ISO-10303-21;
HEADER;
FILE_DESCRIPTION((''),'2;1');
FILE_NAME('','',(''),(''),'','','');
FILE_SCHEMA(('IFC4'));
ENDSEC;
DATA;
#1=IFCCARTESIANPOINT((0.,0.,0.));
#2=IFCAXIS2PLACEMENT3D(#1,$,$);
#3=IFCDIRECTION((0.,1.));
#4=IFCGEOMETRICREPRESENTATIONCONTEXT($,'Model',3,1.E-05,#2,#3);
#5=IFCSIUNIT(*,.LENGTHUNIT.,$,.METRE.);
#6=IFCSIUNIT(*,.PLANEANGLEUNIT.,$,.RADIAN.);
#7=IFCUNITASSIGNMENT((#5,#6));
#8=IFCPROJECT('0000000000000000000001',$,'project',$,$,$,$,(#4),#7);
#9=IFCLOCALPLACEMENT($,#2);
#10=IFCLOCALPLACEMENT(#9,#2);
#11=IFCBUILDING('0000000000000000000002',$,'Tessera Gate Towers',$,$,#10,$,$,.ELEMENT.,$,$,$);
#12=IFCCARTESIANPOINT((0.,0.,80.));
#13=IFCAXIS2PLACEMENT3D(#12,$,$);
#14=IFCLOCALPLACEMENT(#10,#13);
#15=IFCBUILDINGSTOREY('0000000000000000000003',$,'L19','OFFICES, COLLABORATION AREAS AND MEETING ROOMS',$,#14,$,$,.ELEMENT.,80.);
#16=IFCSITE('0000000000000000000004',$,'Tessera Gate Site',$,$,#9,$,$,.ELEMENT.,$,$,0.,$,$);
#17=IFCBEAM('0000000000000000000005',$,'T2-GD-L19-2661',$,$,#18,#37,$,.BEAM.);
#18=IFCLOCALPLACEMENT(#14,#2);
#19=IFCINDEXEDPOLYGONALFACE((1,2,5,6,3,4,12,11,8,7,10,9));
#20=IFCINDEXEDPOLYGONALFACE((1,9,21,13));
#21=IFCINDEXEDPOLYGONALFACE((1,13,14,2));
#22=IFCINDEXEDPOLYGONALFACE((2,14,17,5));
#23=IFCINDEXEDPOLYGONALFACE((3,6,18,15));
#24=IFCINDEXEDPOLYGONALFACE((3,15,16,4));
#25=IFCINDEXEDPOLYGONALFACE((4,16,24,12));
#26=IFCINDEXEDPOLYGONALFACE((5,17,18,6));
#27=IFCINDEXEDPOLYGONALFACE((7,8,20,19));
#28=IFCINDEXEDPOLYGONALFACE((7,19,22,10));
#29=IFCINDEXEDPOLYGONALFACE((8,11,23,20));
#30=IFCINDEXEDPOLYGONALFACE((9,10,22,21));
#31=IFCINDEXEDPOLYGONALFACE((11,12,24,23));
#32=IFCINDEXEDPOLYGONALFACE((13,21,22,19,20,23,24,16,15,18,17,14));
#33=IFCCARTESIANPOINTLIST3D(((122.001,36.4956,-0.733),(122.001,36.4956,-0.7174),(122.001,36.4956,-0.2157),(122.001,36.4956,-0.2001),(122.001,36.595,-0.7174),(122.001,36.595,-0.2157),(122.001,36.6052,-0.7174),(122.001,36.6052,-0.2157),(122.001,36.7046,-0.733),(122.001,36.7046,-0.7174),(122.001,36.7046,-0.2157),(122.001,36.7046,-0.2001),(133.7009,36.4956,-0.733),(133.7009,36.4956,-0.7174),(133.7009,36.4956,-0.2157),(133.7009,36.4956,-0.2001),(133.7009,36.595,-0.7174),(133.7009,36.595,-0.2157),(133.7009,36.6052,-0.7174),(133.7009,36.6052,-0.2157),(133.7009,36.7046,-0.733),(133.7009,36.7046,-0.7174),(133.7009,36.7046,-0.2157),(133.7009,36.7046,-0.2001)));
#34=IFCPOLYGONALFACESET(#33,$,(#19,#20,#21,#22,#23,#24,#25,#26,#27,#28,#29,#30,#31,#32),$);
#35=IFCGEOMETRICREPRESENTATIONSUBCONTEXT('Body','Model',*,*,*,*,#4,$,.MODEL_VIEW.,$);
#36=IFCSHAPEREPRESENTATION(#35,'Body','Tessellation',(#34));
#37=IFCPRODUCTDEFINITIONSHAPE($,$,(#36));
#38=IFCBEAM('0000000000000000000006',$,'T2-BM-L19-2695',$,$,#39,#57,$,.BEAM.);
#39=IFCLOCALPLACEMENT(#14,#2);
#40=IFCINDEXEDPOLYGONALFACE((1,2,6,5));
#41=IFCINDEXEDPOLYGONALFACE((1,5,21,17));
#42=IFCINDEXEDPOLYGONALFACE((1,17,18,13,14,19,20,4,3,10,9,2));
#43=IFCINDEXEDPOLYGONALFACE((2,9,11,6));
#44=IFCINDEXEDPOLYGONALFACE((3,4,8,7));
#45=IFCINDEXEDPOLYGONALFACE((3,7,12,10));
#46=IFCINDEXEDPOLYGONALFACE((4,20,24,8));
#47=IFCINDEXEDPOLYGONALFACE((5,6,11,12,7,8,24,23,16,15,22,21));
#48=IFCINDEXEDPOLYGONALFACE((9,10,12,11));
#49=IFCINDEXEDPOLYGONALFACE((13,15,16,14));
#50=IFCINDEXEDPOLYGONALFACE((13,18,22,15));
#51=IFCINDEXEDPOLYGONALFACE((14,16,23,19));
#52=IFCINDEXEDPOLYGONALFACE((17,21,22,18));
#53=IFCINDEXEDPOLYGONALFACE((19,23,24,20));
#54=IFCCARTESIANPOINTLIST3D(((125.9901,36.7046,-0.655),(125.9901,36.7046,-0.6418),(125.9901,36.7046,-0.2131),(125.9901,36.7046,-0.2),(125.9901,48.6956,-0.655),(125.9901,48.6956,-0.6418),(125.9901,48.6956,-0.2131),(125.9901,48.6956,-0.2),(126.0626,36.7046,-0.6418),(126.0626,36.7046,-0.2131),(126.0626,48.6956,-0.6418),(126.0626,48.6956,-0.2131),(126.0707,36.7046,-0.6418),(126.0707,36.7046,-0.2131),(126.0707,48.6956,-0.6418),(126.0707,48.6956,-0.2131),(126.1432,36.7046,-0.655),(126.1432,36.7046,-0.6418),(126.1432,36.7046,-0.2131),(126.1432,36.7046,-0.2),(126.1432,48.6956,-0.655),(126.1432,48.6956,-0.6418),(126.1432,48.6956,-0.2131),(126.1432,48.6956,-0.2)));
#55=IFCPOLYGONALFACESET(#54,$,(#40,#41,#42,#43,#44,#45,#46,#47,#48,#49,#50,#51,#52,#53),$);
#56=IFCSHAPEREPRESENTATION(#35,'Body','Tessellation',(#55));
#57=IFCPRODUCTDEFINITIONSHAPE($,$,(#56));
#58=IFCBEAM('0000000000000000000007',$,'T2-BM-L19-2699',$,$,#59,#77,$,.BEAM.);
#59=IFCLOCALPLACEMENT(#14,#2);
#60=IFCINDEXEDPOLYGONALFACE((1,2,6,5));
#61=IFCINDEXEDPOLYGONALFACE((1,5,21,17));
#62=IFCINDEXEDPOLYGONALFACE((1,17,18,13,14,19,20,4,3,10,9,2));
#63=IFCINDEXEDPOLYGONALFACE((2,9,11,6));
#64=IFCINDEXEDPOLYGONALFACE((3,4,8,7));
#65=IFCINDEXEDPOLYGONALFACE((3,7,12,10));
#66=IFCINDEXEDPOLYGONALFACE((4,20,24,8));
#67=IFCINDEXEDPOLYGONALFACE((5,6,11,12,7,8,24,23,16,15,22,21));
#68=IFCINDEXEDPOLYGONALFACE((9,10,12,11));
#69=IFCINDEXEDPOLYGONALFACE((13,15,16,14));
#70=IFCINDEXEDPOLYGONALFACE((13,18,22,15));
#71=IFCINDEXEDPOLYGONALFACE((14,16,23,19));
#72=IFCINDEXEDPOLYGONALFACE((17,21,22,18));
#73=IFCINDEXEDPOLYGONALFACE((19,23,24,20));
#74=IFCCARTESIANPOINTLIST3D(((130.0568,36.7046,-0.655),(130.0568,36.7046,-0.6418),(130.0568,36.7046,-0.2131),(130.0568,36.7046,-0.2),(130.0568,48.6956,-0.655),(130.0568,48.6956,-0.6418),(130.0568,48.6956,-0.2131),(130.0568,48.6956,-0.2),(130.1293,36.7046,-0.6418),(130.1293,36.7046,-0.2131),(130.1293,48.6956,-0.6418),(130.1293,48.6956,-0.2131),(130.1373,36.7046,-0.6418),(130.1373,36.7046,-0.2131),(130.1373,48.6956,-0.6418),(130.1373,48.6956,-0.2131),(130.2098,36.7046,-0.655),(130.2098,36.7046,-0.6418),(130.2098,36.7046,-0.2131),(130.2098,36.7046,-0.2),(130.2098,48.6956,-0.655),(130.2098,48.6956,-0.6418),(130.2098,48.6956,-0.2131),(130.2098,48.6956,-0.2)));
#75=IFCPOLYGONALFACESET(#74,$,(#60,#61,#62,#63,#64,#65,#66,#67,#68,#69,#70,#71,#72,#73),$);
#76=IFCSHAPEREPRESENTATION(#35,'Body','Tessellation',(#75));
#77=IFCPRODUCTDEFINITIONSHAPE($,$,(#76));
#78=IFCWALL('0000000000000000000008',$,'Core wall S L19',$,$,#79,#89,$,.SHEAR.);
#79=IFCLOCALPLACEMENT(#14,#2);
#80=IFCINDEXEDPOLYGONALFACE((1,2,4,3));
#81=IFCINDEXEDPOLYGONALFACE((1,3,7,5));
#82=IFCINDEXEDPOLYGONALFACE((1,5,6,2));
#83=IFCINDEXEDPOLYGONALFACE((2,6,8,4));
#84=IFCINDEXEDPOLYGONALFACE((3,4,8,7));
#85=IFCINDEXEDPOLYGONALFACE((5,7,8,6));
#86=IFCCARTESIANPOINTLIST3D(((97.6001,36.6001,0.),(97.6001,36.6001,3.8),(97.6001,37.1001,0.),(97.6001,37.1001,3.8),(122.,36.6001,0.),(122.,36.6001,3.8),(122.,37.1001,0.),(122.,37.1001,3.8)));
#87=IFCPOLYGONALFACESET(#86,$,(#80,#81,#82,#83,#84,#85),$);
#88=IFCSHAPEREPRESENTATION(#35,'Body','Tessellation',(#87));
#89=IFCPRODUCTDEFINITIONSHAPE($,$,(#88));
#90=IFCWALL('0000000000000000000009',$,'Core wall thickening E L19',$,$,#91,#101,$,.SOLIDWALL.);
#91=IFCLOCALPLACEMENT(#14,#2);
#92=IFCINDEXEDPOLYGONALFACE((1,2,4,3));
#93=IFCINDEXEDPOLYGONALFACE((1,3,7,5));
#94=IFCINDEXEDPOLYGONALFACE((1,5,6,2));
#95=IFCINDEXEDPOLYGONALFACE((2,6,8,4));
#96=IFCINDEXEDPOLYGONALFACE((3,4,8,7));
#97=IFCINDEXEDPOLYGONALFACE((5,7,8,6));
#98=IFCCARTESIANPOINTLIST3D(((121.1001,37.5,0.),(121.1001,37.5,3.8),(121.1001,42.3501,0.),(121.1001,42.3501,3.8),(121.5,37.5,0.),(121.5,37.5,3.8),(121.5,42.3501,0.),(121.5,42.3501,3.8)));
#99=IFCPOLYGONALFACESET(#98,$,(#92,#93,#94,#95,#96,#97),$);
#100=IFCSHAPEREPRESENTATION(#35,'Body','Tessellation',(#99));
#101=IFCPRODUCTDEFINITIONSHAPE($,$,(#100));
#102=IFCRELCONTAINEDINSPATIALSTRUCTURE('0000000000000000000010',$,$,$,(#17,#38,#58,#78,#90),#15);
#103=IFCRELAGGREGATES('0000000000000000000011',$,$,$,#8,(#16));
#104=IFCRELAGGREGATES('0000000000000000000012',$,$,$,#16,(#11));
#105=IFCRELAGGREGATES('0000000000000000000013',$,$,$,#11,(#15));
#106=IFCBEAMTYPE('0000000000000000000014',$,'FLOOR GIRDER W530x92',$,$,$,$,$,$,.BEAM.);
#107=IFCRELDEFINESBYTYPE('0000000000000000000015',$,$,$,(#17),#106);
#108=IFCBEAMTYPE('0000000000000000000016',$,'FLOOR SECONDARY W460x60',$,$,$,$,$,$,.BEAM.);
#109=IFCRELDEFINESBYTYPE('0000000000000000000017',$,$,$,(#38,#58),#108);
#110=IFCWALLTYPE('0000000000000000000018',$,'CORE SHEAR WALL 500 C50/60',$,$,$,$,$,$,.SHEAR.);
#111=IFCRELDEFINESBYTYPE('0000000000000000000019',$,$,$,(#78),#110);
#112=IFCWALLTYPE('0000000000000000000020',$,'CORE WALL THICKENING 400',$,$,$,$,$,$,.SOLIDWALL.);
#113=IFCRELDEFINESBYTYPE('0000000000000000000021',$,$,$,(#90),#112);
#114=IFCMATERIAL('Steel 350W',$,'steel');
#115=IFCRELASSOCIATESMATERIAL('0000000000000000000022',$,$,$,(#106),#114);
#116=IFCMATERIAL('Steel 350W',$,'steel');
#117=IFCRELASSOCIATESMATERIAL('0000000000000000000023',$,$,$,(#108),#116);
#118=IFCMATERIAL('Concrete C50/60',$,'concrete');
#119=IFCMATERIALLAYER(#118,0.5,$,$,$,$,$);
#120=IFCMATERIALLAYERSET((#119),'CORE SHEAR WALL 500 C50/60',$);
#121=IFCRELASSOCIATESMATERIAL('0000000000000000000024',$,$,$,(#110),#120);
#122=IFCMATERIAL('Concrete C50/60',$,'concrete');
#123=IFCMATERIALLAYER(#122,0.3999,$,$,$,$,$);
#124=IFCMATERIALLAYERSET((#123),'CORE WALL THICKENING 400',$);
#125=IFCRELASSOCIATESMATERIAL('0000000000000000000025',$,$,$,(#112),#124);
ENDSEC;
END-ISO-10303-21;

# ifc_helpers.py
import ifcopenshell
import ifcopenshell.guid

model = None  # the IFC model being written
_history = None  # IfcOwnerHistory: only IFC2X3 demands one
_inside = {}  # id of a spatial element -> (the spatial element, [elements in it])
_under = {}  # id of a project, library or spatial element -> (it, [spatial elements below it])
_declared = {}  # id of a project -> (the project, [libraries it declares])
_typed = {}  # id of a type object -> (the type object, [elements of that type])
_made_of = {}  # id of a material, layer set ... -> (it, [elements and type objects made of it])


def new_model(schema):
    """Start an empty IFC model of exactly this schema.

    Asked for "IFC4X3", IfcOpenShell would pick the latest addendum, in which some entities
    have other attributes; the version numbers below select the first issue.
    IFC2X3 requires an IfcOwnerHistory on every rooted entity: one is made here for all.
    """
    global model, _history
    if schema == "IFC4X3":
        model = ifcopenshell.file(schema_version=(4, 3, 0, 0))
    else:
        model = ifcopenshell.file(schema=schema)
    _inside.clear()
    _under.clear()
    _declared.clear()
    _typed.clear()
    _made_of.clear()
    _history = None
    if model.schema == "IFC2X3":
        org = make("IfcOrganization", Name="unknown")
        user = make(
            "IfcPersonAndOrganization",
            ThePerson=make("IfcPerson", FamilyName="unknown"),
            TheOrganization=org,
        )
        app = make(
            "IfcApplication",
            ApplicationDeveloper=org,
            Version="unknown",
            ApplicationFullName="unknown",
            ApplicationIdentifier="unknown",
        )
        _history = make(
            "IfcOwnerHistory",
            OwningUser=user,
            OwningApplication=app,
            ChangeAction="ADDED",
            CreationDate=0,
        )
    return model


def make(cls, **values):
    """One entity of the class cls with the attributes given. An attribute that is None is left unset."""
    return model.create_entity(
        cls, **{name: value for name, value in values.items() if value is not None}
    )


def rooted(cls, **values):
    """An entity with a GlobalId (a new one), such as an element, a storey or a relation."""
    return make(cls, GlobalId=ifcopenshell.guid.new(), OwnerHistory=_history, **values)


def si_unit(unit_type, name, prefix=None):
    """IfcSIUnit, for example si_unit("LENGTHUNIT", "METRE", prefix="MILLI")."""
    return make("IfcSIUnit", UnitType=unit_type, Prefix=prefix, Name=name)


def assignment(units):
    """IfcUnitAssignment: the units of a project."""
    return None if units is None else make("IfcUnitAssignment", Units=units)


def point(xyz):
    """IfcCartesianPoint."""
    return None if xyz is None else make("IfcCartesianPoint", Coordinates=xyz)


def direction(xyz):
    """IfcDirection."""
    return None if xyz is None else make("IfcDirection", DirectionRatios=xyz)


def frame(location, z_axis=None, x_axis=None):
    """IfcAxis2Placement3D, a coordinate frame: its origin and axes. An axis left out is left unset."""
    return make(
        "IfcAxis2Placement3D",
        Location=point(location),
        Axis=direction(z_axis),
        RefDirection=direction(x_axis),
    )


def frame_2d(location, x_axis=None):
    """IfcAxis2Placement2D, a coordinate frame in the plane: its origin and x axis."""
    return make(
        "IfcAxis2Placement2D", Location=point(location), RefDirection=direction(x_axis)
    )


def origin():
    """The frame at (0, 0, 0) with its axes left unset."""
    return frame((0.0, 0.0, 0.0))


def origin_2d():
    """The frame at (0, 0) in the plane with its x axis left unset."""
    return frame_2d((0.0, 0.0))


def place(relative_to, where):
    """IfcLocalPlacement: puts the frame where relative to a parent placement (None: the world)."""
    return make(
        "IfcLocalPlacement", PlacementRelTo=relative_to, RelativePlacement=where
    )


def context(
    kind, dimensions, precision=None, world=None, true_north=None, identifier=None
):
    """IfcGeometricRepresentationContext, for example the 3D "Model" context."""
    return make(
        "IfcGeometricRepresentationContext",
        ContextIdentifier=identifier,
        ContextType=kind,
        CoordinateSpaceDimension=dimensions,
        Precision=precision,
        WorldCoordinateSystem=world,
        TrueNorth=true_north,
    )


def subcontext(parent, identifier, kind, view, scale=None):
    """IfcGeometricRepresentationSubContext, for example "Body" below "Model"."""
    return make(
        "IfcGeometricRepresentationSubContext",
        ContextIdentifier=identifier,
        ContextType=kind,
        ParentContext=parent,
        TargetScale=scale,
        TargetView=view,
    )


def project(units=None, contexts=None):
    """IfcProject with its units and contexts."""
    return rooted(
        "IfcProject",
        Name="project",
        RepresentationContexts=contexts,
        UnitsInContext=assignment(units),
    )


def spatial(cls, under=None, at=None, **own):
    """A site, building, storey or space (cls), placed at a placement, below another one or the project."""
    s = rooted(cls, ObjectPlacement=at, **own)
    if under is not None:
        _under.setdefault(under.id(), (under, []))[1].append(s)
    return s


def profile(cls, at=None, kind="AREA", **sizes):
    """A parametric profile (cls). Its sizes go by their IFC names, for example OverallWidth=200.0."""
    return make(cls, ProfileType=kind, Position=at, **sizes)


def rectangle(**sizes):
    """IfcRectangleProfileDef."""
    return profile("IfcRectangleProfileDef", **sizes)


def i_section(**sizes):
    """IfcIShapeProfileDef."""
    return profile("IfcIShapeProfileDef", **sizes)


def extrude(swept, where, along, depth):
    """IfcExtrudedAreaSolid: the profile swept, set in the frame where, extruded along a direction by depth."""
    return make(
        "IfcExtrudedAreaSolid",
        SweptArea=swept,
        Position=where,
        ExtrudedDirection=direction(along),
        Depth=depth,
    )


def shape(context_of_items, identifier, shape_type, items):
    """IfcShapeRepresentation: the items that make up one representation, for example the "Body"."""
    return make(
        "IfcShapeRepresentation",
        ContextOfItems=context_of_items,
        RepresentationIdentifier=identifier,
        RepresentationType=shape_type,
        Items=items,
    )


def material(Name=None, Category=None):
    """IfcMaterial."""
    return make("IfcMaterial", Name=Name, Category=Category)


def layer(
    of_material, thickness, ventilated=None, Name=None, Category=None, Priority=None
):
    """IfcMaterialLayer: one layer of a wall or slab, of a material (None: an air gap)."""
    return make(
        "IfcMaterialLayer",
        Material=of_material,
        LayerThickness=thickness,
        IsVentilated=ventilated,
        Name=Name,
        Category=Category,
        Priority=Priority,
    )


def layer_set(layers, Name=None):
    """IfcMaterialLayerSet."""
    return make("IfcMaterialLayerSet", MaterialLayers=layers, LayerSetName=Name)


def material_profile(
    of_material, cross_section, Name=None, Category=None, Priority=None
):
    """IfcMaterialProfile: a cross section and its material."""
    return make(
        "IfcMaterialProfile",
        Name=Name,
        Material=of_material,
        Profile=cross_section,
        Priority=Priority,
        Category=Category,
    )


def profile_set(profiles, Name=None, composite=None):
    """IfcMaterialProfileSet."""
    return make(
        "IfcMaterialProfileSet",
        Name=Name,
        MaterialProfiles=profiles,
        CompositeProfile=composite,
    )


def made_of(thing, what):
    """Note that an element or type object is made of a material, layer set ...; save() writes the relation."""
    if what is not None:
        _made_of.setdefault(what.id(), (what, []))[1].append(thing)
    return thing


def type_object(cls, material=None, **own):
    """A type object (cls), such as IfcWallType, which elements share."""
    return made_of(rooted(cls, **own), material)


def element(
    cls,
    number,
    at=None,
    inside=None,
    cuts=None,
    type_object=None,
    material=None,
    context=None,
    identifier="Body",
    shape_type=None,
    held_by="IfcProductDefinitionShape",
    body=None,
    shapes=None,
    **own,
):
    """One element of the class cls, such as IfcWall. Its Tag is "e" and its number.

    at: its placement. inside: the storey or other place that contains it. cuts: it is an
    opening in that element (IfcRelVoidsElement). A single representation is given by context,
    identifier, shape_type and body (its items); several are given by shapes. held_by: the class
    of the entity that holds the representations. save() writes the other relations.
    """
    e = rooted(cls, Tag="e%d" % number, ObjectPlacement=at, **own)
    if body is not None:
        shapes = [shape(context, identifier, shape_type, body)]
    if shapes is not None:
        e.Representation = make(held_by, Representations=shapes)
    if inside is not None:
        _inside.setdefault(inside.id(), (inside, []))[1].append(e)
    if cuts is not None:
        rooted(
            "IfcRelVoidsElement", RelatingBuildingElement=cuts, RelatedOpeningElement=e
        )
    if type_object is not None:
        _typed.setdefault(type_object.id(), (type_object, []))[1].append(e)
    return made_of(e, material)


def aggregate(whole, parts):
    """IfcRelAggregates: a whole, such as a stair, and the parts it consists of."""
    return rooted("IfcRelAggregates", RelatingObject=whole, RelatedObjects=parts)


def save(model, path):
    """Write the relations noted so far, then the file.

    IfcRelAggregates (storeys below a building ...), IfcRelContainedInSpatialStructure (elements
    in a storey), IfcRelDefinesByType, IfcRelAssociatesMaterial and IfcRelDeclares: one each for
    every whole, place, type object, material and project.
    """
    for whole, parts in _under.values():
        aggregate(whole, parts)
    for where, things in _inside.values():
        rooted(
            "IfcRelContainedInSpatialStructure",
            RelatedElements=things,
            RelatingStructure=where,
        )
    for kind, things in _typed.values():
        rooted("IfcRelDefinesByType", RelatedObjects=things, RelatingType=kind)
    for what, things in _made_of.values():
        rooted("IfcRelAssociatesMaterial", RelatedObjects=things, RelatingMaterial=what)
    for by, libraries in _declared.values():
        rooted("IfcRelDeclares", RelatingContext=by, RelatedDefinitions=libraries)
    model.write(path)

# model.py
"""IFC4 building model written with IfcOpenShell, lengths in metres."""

from ifc_helpers import new_model, si_unit, direction, frame, frame_2d, origin, origin_2d, place, context, subcontext, project, spatial, rectangle, i_section, extrude, material, layer, layer_set, material_profile, profile_set, type_object, element, save


model = new_model("IFC4")

# Units and contexts
model_context = context("Model", 3, precision=1e-05, world=origin(), true_north=direction((0.0, 1.0)))
body_context = subcontext(model_context, "Body", "Model", "MODEL_VIEW")
ifc_project = project(units=[si_unit("LENGTHUNIT", "METRE"), si_unit("PLANEANGLEUNIT", "RADIAN")], contexts=[model_context])

# Site, building, storey
site_placement = place(None, origin())
site = spatial("IfcSite", under=ifc_project, at=site_placement, Name="Tessera Gate Site", CompositionType="ELEMENT", RefElevation=0.0)
building_placement = place(site_placement, origin())
building = spatial("IfcBuilding", under=site, at=building_placement, Name="Tessera Gate Towers", CompositionType="ELEMENT")
storey_placement = place(building_placement, frame((0.0, 0.0, 80.0)))
storey = spatial("IfcBuildingStorey", under=building, at=storey_placement, Name="L19", Description="OFFICES, COLLABORATION AREAS AND MEETING ROOMS", CompositionType="ELEMENT", Elevation=80.0)

# Beams
ifc_material_1 = material(Name="Steel 350W", Category="steel")
ifc_material_profile_1 = material_profile(ifc_material_1, i_section(OverallWidth=0.209, OverallDepth=0.533, WebThickness=0.0103, FlangeThickness=0.0156, at=origin_2d()), Name="W530x92")
ifc_profile_set_1 = profile_set([ifc_material_profile_1], Name="Steel 350W")
beam_type_1 = type_object("IfcBeamType", Name="FLOOR GIRDER W530x92", PredefinedType="BEAM", material=ifc_profile_set_1)
beam_placement = place(storey_placement, frame((122.001, 36.6001, -0.4666), z_axis=(1.0, 0.0, 0.0), x_axis=(0.0, 1.0, 0.0)))
element("IfcBeam", 1, at=beam_placement, inside=storey, type_object=beam_type_1, Name="T2-GD-L19-2661", PredefinedType="BEAM", context=body_context, shape_type="SweptSolid", body=[
    extrude(i_section(OverallWidth=0.209, OverallDepth=0.533, WebThickness=0.0103, FlangeThickness=0.0156, at=origin_2d()), origin(), (0.0, 0.0, 1.0), 11.7),
])
ifc_material_2 = material(Name="Steel 350W", Category="steel")
ifc_material_profile_2 = material_profile(ifc_material_2, i_section(OverallWidth=0.1531, OverallDepth=0.4551, WebThickness=0.0081, FlangeThickness=0.0132, at=origin_2d()), Name="W460x60")
ifc_profile_set_2 = profile_set([ifc_material_profile_2], Name="Steel 350W")
beam_type_2 = type_object("IfcBeamType", Name="FLOOR SECONDARY W460x60", PredefinedType="BEAM", material=ifc_profile_set_2)
for number, where, z_axis, x_axis, name in (
    (2, (126.0667, 36.7046, -0.4275), (0.0, 1.0, 0.0), (-1.0, 0.0, 0.0), "T2-BM-L19-2695"),
    (3, (130.1333, 36.7046, -0.4275), (0.0, 1.0, 0.0), (-1.0, 0.0, 0.0), "T2-BM-L19-2699"),
):
    element("IfcBeam", number, at=place(storey_placement, frame(where, z_axis=z_axis, x_axis=x_axis)), inside=storey, type_object=beam_type_2, Name=name, PredefinedType="BEAM", context=body_context, shape_type="SweptSolid", body=[
        extrude(i_section(OverallWidth=0.1531, OverallDepth=0.4551, WebThickness=0.0081, FlangeThickness=0.0132, at=origin_2d()), origin(), (0.0, 0.0, 1.0), 11.991),
    ])

# Walls
ifc_material_3 = material(Name="Concrete C50/60", Category="concrete")
ifc_layer_1 = layer(ifc_material_3, 0.5)
ifc_layer_set_1 = layer_set([ifc_layer_1], Name="CORE SHEAR WALL 500 C50/60")
wall_type_1 = type_object("IfcWallType", Name="CORE SHEAR WALL 500 C50/60", PredefinedType="SHEAR", material=ifc_layer_set_1)
wall_1_placement = place(storey_placement, frame((122.0, 36.8501, 0.0), z_axis=(0.0, 0.0, 1.0), x_axis=(-1.0, 0.0, 0.0)))
element("IfcWall", 4, at=wall_1_placement, inside=storey, type_object=wall_type_1, Name="Core wall S L19", PredefinedType="SHEAR", context=body_context, shape_type="SweptSolid", body=[
    extrude(rectangle(XDim=24.3999, YDim=0.5, at=frame_2d((12.2, 0.0))), origin(), (0.0, 0.0, 1.0), 3.8),
])
ifc_material_4 = material(Name="Concrete C50/60", Category="concrete")
ifc_layer_2 = layer(ifc_material_4, 0.3999)
ifc_layer_set_2 = layer_set([ifc_layer_2], Name="CORE WALL THICKENING 400")
wall_type_2 = type_object("IfcWallType", Name="CORE WALL THICKENING 400", PredefinedType="SOLIDWALL", material=ifc_layer_set_2)
wall_2_placement = place(storey_placement, frame((121.3, 37.5, 0.0), z_axis=(0.0, 0.0, 1.0), x_axis=(0.0, 1.0, 0.0)))
element("IfcWall", 5, at=wall_2_placement, inside=storey, type_object=wall_type_2, Name="Core wall thickening E L19", PredefinedType="SOLIDWALL", context=body_context, shape_type="SweptSolid", body=[
    extrude(rectangle(XDim=4.8501, YDim=0.3999, at=frame_2d((2.425, 0.0))), origin(), (0.0, 0.0, 1.0), 3.8),
])

save(model, "model.ifc")
